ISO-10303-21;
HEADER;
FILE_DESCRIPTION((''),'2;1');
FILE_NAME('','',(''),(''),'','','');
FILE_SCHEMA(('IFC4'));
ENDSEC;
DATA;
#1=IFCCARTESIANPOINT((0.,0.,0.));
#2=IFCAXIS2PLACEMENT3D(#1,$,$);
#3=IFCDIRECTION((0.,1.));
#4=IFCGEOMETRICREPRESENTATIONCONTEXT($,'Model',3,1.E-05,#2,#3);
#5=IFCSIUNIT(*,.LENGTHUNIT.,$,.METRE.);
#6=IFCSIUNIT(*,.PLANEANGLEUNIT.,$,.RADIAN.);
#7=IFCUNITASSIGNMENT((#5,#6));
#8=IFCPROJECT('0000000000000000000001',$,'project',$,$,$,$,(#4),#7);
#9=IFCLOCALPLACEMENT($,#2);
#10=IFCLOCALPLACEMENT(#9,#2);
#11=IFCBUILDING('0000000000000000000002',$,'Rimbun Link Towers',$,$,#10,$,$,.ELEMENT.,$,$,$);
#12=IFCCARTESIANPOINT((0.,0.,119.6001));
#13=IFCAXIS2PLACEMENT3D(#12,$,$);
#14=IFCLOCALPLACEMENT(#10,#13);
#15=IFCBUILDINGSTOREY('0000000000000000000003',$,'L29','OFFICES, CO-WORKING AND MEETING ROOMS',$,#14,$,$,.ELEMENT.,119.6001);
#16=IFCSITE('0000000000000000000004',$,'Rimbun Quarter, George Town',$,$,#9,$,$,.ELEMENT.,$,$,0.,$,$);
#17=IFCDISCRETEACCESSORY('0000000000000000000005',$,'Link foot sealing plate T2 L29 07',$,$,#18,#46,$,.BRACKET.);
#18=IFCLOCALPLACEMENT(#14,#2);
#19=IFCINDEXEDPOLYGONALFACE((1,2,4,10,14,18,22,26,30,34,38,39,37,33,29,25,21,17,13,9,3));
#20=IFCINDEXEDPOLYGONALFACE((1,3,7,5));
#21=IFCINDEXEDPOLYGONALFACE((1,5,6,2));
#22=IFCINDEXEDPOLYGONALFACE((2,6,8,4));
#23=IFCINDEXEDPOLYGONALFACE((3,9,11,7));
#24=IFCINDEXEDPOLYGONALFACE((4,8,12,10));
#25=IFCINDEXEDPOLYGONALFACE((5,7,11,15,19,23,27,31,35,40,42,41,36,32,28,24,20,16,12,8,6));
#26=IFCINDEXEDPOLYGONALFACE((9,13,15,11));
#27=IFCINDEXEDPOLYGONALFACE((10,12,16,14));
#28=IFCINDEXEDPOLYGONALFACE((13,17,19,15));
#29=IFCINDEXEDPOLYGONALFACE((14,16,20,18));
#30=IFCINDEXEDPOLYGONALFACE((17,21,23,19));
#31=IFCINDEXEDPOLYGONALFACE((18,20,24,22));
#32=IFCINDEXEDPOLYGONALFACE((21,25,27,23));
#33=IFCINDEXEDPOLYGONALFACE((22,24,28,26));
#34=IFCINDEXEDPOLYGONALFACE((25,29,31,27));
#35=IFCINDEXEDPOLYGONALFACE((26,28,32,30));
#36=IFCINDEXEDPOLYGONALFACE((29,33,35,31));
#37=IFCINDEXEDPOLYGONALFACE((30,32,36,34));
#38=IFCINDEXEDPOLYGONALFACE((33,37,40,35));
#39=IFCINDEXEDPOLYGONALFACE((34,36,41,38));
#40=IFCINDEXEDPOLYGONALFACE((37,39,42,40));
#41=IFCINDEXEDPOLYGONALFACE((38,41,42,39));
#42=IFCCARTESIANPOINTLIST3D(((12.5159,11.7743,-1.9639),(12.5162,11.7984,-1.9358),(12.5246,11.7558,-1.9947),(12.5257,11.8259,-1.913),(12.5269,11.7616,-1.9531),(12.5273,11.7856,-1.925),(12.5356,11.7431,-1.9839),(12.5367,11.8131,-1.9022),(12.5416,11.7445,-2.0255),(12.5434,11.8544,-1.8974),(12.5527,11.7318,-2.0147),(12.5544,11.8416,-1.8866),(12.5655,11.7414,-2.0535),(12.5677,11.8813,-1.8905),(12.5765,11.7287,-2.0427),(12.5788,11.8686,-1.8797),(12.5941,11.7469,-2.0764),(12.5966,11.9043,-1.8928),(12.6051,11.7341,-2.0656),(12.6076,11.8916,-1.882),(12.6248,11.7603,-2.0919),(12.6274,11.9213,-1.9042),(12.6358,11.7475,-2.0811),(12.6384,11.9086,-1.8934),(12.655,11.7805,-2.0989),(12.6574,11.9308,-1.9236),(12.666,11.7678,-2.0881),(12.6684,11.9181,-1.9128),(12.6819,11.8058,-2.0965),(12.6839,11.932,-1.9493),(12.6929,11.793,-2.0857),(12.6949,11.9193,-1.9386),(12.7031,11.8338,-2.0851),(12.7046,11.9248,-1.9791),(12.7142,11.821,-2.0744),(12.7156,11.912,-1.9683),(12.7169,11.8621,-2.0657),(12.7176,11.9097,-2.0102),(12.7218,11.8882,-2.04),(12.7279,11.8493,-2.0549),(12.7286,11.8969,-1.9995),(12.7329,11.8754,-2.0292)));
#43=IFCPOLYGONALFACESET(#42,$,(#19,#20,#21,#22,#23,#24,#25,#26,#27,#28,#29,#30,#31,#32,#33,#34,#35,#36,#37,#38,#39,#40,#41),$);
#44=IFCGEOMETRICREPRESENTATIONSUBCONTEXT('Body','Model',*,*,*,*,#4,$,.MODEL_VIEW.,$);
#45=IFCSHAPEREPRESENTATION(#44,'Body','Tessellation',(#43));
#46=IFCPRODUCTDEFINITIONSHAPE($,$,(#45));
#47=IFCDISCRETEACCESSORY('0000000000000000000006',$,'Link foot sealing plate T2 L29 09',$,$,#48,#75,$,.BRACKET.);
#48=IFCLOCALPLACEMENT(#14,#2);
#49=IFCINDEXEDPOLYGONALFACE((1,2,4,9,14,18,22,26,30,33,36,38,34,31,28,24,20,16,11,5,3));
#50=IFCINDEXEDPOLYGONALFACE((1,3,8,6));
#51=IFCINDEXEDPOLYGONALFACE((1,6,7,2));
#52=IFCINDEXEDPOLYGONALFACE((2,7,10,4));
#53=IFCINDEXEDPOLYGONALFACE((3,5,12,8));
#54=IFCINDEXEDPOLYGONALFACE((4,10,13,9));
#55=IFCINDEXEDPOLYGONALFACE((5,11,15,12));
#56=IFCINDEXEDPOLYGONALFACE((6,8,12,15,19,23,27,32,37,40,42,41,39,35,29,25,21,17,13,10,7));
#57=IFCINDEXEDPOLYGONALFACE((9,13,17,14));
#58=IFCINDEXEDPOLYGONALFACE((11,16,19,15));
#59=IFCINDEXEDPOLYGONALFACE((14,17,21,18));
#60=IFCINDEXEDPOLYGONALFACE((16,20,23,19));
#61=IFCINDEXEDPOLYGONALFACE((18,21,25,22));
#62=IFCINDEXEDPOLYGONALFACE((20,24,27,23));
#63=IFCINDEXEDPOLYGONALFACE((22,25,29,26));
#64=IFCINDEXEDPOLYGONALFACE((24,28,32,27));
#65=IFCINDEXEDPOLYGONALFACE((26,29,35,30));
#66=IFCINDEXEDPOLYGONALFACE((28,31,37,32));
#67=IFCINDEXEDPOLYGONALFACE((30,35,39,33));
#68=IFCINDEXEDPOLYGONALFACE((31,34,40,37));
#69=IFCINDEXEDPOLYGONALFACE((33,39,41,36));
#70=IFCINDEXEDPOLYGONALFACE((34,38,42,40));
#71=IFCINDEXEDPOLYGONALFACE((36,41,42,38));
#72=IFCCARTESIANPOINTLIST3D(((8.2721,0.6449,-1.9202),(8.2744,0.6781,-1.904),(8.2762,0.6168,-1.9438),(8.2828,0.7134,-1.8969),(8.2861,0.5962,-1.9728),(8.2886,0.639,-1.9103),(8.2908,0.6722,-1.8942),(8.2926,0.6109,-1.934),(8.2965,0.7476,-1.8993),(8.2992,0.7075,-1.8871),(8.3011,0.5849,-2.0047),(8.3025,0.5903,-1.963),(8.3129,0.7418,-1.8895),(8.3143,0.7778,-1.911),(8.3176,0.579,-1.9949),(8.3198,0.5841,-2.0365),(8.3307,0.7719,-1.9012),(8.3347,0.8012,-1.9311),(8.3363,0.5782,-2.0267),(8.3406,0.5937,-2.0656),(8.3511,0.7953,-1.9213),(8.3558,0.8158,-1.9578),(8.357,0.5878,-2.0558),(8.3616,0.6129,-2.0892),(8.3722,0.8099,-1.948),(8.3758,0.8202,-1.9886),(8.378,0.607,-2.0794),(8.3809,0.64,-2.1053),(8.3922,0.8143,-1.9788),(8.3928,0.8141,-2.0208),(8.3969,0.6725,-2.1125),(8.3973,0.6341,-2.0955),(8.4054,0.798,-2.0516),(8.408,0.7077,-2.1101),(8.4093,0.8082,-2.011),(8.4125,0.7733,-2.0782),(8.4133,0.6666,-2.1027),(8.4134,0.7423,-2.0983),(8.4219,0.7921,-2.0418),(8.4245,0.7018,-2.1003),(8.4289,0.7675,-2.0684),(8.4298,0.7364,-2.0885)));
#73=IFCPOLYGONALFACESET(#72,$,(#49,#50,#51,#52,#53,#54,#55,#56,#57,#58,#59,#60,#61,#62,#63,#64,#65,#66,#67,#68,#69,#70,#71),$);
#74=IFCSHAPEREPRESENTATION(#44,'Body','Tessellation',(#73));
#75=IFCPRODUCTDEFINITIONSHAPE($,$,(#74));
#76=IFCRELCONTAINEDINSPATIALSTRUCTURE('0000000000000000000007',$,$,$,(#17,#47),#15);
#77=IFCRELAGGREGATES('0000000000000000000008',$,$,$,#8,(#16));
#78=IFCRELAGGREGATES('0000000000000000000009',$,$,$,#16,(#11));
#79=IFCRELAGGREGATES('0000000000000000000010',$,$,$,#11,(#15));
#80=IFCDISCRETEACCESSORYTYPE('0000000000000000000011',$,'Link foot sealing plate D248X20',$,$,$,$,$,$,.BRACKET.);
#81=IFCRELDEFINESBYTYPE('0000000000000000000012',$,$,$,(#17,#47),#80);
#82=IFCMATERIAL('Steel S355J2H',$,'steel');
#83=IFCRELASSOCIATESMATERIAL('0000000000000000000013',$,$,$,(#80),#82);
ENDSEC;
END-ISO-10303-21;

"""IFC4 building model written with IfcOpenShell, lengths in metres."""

from ifc_helpers import new_model, si_unit, direction, frame, origin, origin_2d, place, context, subcontext, project, spatial, circle, extrude, material, material_profile, profile_set, type_object, element, save


model = new_model("IFC4")

# Units and contexts
model_context = context("Model", 3, precision=1e-05, world=origin(), true_north=direction((0.0, 1.0)))
body_context = subcontext(model_context, "Body", "Model", "MODEL_VIEW")
ifc_project = project(units=[si_unit("LENGTHUNIT", "METRE"), si_unit("PLANEANGLEUNIT", "RADIAN")], contexts=[model_context])

# Site, building, storey
site_placement = place(None, origin())
site = spatial("IfcSite", under=ifc_project, at=site_placement, Name="Rimbun Quarter, George Town", CompositionType="ELEMENT", RefElevation=0.0)
building_placement = place(site_placement, origin())
building = spatial("IfcBuilding", under=site, at=building_placement, Name="Rimbun Link Towers", CompositionType="ELEMENT")
storey_placement = place(building_placement, frame((0.0, 0.0, 119.6001)))
storey = spatial("IfcBuildingStorey", under=building, at=storey_placement, Name="L29", Description="OFFICES, CO-WORKING AND MEETING ROOMS", CompositionType="ELEMENT", Elevation=119.6001)

# Discrete accessories
ifc_material_1 = material(Name="Steel S355J2H", Category="steel")
ifc_material_profile_1 = material_profile(ifc_material_1, circle(Radius=0.124, at=origin_2d()), Name="PL D248")
ifc_profile_set_1 = profile_set([ifc_material_profile_1], Name="Steel S355J2H")
discrete_accessory_type = type_object("IfcDiscreteAccessoryType", Name="Link foot sealing plate D248X20", PredefinedType="BRACKET", material=ifc_profile_set_1)
for number, where, z_axis, x_axis, name in (
    (1, (12.6294, 11.8242, -1.9839), (-0.551204, 0.636947, -0.538955), (-0.756169, -0.654377, 0.0), "Link foot sealing plate T2 L29 07"),
    (2, (8.3594, 0.6958, -1.9949), (-0.820682, 0.293976, -0.489959), (-0.337226, -0.941424, 0.0), "Link foot sealing plate T2 L29 09"),
):
    element("IfcDiscreteAccessory", number, at=place(storey_placement, frame(where, z_axis=z_axis, x_axis=x_axis)), inside=storey, type_object=discrete_accessory_type, Name=name, PredefinedType="BRACKET", context=body_context, shape_type="SweptSolid", body=[
        extrude(circle(Radius=0.124, at=origin_2d()), origin(), (0.0, 0.0, 1.0), 0.02),
    ])

save(model, "model.ifc")
